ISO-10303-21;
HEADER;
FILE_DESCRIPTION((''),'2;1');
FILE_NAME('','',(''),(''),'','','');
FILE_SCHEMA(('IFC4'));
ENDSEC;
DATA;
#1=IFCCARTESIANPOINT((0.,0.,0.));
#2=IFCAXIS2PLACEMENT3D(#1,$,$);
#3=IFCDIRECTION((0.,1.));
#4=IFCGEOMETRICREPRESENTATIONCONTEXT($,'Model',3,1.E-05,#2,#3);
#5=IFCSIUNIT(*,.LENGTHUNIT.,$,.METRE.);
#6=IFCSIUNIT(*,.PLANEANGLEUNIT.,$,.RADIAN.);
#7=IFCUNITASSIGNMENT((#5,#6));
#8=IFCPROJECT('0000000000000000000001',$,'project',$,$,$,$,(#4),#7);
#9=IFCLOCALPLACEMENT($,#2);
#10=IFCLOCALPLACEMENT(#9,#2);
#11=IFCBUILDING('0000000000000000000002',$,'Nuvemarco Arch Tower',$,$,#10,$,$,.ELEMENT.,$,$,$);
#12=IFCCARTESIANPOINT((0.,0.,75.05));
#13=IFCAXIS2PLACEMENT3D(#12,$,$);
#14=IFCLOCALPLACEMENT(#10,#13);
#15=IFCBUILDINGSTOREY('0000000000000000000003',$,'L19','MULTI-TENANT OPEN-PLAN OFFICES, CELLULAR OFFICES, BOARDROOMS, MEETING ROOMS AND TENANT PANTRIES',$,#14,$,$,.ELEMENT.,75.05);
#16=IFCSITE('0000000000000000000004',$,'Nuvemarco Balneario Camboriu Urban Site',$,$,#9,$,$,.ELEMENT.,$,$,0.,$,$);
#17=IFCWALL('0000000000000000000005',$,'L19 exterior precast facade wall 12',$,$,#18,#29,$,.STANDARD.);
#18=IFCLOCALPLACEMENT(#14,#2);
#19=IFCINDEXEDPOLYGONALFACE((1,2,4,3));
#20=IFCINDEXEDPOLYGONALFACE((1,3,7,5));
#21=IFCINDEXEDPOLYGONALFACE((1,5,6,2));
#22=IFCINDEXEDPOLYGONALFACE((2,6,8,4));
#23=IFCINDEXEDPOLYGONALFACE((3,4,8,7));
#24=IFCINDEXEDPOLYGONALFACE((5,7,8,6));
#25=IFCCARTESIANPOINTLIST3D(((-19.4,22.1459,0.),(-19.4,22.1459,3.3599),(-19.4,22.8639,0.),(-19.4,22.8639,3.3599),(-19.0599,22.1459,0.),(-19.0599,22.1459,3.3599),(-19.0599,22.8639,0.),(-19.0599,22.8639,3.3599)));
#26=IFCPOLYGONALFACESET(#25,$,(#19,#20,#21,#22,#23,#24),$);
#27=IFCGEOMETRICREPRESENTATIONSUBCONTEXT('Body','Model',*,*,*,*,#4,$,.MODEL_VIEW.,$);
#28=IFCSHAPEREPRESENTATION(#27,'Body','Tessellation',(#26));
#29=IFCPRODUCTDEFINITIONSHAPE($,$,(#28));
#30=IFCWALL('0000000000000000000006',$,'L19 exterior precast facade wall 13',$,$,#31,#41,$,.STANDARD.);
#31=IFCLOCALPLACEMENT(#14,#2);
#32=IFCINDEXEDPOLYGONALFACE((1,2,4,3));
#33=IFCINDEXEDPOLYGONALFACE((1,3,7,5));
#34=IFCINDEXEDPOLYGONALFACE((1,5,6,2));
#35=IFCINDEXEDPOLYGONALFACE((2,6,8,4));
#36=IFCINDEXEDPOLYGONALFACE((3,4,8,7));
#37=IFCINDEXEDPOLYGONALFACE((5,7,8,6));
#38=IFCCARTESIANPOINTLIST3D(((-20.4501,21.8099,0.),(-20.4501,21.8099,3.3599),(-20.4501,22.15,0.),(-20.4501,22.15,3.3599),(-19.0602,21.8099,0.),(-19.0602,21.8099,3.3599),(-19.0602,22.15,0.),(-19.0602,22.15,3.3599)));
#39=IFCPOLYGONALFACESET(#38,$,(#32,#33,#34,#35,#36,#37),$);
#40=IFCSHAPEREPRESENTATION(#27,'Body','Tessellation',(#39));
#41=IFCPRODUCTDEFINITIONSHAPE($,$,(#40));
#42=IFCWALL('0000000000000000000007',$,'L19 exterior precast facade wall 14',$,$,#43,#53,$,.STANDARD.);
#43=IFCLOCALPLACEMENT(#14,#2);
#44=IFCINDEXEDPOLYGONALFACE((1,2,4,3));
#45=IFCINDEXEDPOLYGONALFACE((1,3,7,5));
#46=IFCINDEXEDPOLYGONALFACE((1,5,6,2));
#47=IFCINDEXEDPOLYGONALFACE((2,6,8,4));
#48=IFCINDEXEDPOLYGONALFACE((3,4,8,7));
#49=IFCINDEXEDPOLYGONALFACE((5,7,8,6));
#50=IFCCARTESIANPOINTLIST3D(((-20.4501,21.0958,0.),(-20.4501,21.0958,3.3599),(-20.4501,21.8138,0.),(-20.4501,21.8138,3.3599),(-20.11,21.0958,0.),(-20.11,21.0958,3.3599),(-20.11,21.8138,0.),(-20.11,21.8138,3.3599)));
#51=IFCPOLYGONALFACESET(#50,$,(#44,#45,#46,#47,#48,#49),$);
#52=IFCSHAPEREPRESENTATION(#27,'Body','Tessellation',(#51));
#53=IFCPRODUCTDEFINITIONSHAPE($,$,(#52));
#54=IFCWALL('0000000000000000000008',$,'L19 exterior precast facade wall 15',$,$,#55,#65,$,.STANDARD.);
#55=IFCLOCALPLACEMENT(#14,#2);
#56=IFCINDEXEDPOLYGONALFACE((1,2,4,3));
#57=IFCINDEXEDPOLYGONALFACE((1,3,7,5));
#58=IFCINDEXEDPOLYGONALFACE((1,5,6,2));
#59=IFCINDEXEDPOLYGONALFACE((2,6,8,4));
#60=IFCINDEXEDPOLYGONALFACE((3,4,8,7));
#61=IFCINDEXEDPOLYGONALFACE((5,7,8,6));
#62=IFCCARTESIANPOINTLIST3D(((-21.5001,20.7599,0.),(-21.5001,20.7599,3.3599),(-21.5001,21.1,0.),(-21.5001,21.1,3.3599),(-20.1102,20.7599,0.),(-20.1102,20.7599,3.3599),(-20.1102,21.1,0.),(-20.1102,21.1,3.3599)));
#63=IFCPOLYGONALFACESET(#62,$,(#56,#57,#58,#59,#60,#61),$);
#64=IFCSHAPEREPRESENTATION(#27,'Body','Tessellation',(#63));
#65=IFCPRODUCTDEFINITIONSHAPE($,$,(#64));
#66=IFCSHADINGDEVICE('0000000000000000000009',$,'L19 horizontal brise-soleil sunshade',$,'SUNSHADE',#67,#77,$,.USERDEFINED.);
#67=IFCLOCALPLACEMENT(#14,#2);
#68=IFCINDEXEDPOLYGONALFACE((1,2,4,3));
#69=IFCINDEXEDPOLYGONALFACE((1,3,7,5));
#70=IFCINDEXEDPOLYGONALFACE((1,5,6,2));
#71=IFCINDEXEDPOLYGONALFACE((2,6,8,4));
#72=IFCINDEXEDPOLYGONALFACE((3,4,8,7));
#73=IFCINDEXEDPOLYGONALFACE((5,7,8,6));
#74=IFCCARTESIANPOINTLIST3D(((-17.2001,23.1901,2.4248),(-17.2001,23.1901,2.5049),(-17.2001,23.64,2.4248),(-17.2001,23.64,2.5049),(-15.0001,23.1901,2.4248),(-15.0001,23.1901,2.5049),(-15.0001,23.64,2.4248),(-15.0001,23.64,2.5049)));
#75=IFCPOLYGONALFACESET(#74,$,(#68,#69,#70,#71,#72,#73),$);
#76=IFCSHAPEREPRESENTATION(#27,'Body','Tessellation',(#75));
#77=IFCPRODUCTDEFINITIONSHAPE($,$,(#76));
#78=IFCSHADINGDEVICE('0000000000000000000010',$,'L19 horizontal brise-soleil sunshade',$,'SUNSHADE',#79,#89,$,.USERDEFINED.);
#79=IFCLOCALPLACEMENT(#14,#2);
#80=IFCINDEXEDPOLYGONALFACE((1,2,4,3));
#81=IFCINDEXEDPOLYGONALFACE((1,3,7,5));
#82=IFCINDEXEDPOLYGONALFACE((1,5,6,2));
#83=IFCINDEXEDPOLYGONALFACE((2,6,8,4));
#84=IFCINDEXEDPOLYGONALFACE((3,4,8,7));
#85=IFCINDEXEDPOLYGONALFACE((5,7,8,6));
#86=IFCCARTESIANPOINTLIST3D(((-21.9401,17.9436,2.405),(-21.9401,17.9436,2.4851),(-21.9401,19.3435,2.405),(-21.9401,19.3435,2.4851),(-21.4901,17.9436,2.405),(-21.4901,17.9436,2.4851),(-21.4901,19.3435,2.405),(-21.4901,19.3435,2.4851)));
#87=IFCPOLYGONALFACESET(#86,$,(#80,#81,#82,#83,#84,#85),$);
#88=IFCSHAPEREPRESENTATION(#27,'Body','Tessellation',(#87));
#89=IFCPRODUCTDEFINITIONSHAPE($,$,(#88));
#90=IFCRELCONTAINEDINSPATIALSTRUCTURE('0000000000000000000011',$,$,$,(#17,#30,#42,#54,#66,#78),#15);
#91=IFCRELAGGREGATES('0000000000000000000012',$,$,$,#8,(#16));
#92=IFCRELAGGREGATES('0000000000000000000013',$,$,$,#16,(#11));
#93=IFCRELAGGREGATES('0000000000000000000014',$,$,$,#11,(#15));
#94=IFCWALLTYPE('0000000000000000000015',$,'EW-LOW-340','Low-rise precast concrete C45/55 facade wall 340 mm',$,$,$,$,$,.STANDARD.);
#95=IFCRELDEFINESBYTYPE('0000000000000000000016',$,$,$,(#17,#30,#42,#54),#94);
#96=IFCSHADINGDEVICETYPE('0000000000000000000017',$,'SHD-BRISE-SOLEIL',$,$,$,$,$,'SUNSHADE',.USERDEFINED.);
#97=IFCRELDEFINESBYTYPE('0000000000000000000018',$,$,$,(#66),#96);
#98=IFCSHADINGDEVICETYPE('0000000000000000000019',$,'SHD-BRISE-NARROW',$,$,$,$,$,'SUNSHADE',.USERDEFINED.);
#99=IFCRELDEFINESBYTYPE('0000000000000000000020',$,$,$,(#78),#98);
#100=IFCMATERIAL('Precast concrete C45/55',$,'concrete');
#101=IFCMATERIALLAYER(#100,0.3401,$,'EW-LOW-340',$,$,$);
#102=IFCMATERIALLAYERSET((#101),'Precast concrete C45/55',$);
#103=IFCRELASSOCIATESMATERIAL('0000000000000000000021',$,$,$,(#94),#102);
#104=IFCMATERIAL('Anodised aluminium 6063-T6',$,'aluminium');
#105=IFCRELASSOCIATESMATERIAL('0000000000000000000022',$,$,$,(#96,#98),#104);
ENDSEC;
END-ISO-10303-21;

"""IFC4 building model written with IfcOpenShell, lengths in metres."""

from ifc_helpers import new_model, si_unit, direction, frame, frame_2d, origin, origin_2d, place, context, subcontext, project, spatial, rectangle, extrude, source, transform, mapped, material, layer, layer_set, type_object, type_shapes, element, save


model = new_model("IFC4")

# Units and contexts
model_context = context("Model", 3, precision=1e-05, world=origin(), true_north=direction((0.0, 1.0)))
body_context = subcontext(model_context, "Body", "Model", "MODEL_VIEW")
ifc_project = project(units=[si_unit("LENGTHUNIT", "METRE"), si_unit("PLANEANGLEUNIT", "RADIAN")], contexts=[model_context])

# Site, building, storey
site_placement = place(None, origin())
site = spatial("IfcSite", under=ifc_project, at=site_placement, Name="Nuvemarco Balneario Camboriu Urban Site", CompositionType="ELEMENT", RefElevation=0.0)
building_placement = place(site_placement, origin())
building = spatial("IfcBuilding", under=site, at=building_placement, Name="Nuvemarco Arch Tower", CompositionType="ELEMENT")
storey_placement = place(building_placement, frame((0.0, 0.0, 75.05)))
storey = spatial("IfcBuildingStorey", under=building, at=storey_placement, Name="L19", Description="MULTI-TENANT OPEN-PLAN OFFICES, CELLULAR OFFICES, BOARDROOMS, MEETING ROOMS AND TENANT PANTRIES", CompositionType="ELEMENT", Elevation=75.05)

# Shared definitions
ifc_material_1 = material(Name="Precast concrete C45/55", Category="concrete")
ifc_layer = layer(ifc_material_1, 0.3401, Name="EW-LOW-340")
ifc_layer_set = layer_set([ifc_layer], Name="Precast concrete C45/55")
wall_type = type_object("IfcWallType", Name="EW-LOW-340", Description="Low-rise precast concrete C45/55 facade wall 340 mm", PredefinedType="STANDARD", material=ifc_layer_set)

# Walls
wall_1_placement = place(storey_placement, frame((-19.23, 22.146, 0.0), z_axis=(0.0, 0.0, 1.0), x_axis=(0.0, 1.0, 0.0)))
element("IfcWall", 1, at=wall_1_placement, inside=storey, type_object=wall_type, Name="L19 exterior precast facade wall 12", PredefinedType="STANDARD", context=body_context, shape_type="SweptSolid", body=[
    extrude(rectangle(XDim=0.718, YDim=0.3401, at=frame_2d((0.3589, 0.0))), origin(), (0.0, 0.0, 1.0), 3.3599),
])
wall_2_placement = place(storey_placement, frame((-20.45, 21.98, 0.0), z_axis=(0.0, 0.0, 1.0), x_axis=(1.0, 0.0, 0.0)))
element("IfcWall", 2, at=wall_2_placement, inside=storey, type_object=wall_type, Name="L19 exterior precast facade wall 13", PredefinedType="STANDARD", context=body_context, shape_type="SweptSolid", body=[
    extrude(rectangle(XDim=1.3899, YDim=0.3401, at=frame_2d((0.6948, 0.0))), origin(), (0.0, 0.0, 1.0), 3.3599),
])
wall_3_placement = place(storey_placement, frame((-20.28, 21.0959, 0.0), z_axis=(0.0, 0.0, 1.0), x_axis=(0.0, 1.0, 0.0)))
element("IfcWall", 3, at=wall_3_placement, inside=storey, type_object=wall_type, Name="L19 exterior precast facade wall 14", PredefinedType="STANDARD", context=body_context, shape_type="SweptSolid", body=[
    extrude(rectangle(XDim=0.718, YDim=0.3401, at=frame_2d((0.3589, 0.0))), origin(), (0.0, 0.0, 1.0), 3.3599),
])
wall_4_placement = place(storey_placement, frame((-21.5, 20.9299, 0.0), z_axis=(0.0, 0.0, 1.0), x_axis=(1.0, 0.0, 0.0)))
element("IfcWall", 4, at=wall_4_placement, inside=storey, type_object=wall_type, Name="L19 exterior precast facade wall 15", PredefinedType="STANDARD", context=body_context, shape_type="SweptSolid", body=[
    extrude(rectangle(XDim=1.3899, YDim=0.3401, at=frame_2d((0.6948, 0.0))), origin(), (0.0, 0.0, 1.0), 3.3599),
])

# Shading devices
ifc_material_2 = material(Name="Anodised aluminium 6063-T6", Category="aluminium")
shading_device_type_1 = type_object("IfcShadingDeviceType", Name="SHD-BRISE-SOLEIL", ElementType="SUNSHADE", PredefinedType="USERDEFINED", material=ifc_material_2)
shared_shape_1 = source(origin(), body_context, "Body", "SweptSolid", [
    extrude(rectangle(XDim=2.2, YDim=0.45, at=origin_2d()), origin(), (0.0, 0.0, 1.0), 0.0801),
])
type_shapes(shading_device_type_1, [shared_shape_1])
shading_device_1_placement = place(storey_placement, frame((-16.1001, 23.415, 2.4248), z_axis=(0.0, 0.0, 1.0), x_axis=(1.0, 0.0, 0.0)))
element("IfcShadingDevice", 5, at=shading_device_1_placement, inside=storey, type_object=shading_device_type_1, Name="L19 horizontal brise-soleil sunshade", ObjectType="SUNSHADE", PredefinedType="USERDEFINED", context=body_context, shape_type="MappedRepresentation", body=[
    mapped(shared_shape_1, transform((0.0, 0.0, 0.0), scale=1.0)),
])
shading_device_type_2 = type_object("IfcShadingDeviceType", Name="SHD-BRISE-NARROW", ElementType="SUNSHADE", PredefinedType="USERDEFINED", material=ifc_material_2)
shared_shape_2 = source(origin(), body_context, "Body", "SweptSolid", [
    extrude(rectangle(XDim=1.3999, YDim=0.45, at=origin_2d()), origin(), (0.0, 0.0, 1.0), 0.0801),
])
type_shapes(shading_device_type_2, [shared_shape_2])
shading_device_2_placement = place(storey_placement, frame((-21.7151, 18.6436, 2.405), z_axis=(0.0, 0.0, 1.0), x_axis=(0.0, 1.0, 0.0)))
element("IfcShadingDevice", 6, at=shading_device_2_placement, inside=storey, type_object=shading_device_type_2, Name="L19 horizontal brise-soleil sunshade", ObjectType="SUNSHADE", PredefinedType="USERDEFINED", context=body_context, shape_type="MappedRepresentation", body=[
    mapped(shared_shape_2, transform((0.0, 0.0, 0.0), scale=1.0)),
])

save(model, "model.ifc")
